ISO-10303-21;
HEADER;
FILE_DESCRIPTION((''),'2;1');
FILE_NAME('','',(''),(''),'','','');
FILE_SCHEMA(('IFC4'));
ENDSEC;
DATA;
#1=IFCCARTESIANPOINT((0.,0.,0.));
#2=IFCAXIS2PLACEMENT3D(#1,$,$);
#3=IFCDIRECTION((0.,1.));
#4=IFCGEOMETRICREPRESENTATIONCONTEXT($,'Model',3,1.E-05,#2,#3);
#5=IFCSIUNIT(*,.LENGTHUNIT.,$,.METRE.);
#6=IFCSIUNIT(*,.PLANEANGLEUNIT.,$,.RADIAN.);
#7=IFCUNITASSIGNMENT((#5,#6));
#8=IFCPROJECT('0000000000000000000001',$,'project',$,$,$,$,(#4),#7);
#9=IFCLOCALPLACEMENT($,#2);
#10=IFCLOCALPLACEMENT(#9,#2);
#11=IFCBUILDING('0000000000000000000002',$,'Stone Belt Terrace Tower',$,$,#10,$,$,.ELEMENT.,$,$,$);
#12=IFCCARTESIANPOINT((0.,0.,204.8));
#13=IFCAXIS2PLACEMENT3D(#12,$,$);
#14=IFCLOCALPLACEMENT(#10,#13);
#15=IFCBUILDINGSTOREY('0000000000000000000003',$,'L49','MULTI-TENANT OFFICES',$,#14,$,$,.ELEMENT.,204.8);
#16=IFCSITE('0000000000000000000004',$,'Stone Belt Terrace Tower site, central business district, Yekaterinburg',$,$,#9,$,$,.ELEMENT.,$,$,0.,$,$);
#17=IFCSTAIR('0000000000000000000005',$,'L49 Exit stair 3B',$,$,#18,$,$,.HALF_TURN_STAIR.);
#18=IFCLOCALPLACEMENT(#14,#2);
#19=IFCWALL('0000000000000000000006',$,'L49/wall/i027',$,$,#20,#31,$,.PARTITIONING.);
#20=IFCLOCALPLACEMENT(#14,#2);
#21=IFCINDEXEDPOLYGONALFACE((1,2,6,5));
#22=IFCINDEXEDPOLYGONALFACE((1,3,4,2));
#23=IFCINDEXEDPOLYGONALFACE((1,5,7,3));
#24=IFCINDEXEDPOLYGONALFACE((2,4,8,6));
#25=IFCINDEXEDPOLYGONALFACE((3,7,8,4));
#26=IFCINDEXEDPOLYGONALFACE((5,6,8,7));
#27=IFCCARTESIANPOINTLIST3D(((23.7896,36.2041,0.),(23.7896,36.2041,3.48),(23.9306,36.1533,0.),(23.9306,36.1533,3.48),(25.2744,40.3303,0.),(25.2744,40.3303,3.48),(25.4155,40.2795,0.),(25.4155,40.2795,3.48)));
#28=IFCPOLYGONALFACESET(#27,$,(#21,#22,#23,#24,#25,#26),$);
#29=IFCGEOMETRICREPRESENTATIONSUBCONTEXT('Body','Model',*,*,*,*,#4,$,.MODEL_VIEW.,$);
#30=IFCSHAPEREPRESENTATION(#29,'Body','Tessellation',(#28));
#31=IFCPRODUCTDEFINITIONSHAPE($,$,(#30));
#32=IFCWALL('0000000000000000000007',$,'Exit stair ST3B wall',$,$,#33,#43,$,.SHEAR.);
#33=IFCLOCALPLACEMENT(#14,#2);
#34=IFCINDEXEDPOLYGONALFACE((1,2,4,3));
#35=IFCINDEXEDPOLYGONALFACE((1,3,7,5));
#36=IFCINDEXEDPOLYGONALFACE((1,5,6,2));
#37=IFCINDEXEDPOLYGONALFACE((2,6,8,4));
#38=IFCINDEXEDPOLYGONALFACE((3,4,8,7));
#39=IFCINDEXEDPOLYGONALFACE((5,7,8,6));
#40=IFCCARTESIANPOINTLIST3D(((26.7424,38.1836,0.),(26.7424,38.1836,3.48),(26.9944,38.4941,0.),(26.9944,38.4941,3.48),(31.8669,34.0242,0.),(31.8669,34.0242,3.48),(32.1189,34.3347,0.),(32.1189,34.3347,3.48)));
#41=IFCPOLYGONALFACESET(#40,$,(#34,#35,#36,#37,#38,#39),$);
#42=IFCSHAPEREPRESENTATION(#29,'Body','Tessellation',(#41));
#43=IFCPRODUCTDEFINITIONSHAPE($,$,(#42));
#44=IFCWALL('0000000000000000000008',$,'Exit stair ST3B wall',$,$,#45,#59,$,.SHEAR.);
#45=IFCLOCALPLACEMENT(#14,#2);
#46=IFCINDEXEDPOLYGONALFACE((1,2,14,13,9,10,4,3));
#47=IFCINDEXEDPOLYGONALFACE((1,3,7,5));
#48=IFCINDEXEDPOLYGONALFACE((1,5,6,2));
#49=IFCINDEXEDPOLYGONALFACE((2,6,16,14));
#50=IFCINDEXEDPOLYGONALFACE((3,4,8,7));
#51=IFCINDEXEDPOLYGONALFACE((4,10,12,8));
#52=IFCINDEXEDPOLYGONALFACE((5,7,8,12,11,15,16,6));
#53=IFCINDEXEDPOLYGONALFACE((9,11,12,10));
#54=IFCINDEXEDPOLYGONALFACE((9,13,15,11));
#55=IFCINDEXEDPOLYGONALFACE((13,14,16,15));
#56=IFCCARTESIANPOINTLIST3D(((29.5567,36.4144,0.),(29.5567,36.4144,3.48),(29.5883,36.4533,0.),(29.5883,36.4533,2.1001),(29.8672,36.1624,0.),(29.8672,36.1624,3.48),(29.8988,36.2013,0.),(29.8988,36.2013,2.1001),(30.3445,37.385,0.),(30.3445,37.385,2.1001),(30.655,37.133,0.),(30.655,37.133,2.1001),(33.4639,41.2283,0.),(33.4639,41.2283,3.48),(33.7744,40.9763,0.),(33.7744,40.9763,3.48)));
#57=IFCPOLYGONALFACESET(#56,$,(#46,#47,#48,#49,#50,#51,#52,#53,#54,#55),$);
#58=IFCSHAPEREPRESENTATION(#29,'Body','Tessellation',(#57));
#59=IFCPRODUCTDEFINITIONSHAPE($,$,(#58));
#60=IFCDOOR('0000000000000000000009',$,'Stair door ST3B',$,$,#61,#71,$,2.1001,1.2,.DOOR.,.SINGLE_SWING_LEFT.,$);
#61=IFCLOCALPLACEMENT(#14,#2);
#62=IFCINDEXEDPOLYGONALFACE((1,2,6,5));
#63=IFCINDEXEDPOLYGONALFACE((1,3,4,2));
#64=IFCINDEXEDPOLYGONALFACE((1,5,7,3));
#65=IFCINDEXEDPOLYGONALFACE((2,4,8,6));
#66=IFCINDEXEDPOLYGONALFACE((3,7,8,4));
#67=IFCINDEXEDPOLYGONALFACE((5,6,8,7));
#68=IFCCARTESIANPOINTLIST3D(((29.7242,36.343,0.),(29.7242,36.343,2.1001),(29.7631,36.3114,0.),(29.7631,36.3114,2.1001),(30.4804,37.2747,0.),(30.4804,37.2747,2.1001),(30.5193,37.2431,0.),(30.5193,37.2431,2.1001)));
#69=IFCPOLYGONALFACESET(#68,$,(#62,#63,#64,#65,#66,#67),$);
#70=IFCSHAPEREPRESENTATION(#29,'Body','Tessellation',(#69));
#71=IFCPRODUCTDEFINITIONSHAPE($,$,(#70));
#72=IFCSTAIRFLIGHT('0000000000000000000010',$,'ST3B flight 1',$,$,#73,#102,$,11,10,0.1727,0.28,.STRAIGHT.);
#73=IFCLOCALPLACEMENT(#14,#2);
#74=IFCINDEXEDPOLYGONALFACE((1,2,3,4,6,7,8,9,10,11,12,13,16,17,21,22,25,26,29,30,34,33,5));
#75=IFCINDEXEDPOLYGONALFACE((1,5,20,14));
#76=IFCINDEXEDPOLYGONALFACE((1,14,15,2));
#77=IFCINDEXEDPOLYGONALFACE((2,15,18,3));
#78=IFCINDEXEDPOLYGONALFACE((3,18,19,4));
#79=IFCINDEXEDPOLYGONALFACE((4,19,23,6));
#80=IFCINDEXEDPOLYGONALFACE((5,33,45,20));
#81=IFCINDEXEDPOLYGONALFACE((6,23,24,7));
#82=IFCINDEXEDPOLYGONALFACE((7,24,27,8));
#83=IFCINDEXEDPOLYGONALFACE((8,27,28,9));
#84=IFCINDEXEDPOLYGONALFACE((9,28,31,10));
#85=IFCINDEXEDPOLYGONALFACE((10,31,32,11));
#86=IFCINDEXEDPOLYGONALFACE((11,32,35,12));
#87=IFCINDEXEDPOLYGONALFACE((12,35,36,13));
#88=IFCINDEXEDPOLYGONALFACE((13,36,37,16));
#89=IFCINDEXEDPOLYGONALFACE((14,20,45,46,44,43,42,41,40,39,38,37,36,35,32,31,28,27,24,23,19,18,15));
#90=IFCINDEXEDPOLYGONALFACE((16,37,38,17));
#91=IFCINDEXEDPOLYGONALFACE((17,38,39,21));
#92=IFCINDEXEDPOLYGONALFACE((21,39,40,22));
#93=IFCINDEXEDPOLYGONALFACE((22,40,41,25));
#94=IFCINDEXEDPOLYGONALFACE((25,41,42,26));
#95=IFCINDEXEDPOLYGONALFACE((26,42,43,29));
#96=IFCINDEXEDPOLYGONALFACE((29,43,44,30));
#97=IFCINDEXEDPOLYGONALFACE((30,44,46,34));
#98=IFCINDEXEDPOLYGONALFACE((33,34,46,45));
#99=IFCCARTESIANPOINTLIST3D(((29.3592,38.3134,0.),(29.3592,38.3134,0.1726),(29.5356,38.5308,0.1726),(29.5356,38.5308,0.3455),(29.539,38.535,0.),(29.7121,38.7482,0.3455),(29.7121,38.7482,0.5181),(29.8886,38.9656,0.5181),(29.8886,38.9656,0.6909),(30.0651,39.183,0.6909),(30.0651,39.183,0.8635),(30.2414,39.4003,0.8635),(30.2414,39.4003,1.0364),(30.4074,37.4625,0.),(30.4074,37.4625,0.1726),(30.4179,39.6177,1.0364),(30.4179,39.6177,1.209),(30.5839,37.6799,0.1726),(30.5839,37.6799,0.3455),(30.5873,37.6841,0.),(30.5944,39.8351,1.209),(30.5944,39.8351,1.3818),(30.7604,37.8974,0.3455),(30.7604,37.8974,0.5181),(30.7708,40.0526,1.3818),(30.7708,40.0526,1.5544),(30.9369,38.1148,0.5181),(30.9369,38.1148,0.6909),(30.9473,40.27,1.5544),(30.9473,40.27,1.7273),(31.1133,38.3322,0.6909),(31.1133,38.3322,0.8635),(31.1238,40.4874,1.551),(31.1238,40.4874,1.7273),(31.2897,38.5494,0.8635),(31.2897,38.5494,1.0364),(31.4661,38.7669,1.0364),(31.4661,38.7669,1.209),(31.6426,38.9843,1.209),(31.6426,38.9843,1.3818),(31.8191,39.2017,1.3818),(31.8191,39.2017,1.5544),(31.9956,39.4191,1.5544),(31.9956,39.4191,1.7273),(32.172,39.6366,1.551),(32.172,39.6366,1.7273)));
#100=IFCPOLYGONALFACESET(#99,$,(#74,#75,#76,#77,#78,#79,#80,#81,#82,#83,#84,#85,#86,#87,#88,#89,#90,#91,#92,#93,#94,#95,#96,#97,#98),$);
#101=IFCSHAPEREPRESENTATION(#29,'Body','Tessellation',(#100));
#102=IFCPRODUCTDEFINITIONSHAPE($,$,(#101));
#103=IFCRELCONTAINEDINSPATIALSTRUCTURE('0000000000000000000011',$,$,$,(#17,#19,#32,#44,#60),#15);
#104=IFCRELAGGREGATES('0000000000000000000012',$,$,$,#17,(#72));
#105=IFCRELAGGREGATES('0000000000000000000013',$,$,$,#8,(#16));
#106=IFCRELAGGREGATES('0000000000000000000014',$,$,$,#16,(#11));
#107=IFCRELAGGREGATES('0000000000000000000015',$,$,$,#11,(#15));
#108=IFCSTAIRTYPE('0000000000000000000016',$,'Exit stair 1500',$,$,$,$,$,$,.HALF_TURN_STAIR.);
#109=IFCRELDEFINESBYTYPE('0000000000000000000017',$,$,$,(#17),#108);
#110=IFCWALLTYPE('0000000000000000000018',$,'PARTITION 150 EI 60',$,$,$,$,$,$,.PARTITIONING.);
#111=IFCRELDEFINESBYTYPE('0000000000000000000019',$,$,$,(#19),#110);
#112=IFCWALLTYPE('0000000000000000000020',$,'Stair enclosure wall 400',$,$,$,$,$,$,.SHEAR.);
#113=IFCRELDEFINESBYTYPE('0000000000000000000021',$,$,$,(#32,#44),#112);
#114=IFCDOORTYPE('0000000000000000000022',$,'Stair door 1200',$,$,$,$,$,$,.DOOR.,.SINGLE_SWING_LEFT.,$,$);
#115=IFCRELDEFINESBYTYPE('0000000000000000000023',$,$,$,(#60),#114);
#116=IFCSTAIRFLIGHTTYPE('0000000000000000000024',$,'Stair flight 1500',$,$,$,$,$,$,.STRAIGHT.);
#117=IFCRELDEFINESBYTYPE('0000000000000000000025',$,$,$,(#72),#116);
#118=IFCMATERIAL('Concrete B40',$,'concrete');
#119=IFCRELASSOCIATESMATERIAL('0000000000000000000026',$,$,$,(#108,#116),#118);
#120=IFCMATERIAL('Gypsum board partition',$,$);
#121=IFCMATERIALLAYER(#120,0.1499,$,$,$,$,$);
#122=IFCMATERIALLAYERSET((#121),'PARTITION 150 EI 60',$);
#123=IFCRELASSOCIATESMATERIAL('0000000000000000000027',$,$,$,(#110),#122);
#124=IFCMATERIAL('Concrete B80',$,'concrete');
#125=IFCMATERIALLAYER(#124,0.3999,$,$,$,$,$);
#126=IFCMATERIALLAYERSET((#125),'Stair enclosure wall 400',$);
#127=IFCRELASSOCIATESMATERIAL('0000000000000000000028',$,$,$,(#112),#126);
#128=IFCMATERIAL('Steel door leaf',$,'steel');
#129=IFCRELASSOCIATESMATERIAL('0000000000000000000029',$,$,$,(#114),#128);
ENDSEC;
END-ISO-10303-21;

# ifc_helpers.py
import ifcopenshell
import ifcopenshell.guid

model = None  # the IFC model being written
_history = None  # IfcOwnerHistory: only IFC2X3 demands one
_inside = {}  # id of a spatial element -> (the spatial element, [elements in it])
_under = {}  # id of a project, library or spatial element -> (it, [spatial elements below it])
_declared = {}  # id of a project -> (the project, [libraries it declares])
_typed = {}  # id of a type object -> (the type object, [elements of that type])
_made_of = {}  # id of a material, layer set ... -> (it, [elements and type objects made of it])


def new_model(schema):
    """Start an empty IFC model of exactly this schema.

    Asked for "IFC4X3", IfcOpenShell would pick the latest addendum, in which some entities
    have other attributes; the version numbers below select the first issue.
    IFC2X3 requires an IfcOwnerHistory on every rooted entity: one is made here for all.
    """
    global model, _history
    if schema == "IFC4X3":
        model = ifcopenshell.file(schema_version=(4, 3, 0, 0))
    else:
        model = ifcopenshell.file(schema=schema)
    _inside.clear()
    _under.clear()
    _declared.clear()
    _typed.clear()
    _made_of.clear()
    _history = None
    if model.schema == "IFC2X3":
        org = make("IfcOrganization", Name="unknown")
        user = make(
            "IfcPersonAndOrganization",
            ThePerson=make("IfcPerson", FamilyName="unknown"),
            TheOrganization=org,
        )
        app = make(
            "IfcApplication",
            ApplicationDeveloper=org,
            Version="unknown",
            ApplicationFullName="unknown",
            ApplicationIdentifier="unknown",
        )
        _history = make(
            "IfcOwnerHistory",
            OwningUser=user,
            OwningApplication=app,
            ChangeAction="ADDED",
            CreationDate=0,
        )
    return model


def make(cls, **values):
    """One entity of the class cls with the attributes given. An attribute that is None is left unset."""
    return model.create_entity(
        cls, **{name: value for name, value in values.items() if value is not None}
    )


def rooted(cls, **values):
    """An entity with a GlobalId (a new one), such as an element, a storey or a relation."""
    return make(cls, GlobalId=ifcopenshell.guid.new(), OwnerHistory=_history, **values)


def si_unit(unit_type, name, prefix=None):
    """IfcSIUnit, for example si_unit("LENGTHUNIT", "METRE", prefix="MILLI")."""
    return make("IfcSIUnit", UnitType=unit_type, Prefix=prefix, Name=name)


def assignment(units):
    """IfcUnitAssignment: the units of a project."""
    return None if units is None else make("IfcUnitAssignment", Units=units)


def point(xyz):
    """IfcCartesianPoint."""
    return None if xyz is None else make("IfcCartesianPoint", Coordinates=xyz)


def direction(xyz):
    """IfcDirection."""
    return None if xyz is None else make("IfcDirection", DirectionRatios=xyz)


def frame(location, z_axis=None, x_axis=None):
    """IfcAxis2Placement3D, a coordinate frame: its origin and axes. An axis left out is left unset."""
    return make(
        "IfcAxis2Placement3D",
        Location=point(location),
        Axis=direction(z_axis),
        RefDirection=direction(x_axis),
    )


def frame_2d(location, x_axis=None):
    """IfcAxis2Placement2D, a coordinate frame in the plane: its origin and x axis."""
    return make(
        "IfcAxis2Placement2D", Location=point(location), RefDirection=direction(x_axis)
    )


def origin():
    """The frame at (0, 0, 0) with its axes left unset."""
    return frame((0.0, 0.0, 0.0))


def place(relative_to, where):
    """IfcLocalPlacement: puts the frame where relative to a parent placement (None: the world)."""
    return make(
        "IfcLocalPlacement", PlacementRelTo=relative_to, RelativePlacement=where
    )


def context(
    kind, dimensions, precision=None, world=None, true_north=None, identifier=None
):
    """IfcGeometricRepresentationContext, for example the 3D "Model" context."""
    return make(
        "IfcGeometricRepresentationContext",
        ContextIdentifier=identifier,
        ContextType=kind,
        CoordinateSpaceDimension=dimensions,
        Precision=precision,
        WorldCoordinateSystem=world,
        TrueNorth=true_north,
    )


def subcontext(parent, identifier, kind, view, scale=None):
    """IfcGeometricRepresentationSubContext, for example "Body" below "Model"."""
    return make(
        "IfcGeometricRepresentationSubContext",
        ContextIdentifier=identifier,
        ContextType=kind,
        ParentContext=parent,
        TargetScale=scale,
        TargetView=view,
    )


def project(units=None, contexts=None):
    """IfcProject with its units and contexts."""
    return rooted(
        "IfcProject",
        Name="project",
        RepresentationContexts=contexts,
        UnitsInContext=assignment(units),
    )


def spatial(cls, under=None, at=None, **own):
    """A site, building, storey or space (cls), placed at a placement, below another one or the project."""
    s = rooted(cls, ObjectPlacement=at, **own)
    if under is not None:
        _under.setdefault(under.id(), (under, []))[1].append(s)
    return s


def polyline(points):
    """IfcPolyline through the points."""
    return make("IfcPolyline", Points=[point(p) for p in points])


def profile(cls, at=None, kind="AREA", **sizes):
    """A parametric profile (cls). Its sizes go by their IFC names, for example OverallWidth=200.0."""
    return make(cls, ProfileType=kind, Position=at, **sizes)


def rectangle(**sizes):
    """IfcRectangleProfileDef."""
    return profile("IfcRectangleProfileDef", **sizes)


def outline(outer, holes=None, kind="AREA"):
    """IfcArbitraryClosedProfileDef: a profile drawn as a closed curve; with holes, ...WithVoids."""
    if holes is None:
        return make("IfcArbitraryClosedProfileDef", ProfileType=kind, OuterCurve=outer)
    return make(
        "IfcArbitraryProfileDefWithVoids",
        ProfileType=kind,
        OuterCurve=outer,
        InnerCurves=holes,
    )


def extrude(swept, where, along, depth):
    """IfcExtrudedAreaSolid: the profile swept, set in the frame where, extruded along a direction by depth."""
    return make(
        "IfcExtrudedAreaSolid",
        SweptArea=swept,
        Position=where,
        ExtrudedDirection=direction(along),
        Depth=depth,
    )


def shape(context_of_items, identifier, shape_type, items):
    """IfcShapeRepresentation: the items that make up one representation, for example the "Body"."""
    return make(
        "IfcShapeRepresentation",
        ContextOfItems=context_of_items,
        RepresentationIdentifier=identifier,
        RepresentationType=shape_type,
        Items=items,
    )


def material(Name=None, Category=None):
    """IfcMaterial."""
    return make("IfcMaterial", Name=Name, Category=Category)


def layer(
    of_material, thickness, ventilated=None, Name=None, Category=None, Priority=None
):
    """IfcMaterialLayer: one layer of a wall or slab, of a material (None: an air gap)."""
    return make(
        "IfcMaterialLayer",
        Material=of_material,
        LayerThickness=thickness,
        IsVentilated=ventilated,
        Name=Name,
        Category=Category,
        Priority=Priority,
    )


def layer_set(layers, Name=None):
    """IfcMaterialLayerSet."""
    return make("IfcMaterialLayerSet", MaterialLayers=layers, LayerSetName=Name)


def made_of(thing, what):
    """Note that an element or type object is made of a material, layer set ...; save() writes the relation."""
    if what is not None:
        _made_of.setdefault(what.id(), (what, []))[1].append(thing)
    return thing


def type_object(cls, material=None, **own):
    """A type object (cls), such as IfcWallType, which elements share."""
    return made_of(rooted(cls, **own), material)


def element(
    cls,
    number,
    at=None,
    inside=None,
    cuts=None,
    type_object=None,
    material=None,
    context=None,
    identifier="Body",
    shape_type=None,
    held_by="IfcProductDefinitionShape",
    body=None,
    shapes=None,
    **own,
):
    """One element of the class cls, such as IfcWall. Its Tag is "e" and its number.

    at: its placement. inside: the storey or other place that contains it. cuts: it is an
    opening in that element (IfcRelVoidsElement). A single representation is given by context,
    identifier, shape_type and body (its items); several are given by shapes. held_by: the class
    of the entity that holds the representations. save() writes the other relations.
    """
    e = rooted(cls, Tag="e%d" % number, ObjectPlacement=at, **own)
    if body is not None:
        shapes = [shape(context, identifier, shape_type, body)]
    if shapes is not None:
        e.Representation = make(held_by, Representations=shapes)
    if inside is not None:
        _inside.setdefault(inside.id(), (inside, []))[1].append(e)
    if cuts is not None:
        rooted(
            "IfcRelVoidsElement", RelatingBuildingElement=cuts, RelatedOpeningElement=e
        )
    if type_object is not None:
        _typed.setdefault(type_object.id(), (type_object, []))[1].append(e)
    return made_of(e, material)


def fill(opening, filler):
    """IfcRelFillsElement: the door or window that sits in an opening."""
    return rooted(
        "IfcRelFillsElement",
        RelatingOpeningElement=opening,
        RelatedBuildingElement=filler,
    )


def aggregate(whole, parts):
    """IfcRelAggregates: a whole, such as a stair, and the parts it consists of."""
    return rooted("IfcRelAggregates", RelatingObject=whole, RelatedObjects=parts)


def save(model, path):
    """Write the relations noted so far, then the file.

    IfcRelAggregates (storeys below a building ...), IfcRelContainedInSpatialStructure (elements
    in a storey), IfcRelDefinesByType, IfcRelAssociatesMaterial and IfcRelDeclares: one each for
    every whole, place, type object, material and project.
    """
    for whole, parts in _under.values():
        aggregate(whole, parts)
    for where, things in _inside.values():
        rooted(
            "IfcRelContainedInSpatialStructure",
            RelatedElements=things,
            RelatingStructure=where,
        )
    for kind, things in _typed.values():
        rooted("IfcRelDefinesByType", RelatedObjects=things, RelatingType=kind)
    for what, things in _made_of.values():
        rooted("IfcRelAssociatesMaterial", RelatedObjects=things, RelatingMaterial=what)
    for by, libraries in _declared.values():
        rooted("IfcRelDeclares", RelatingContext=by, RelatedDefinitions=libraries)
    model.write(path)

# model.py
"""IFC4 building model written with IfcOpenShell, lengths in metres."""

from ifc_helpers import new_model, si_unit, direction, frame, frame_2d, origin, place, context, subcontext, project, spatial, polyline, rectangle, outline, extrude, material, layer, layer_set, type_object, element, fill, aggregate, save


model = new_model("IFC4")

# Units and contexts
model_context = context("Model", 3, precision=1e-05, world=origin(), true_north=direction((0.0, 1.0)))
body_context = subcontext(model_context, "Body", "Model", "MODEL_VIEW")
ifc_project = project(units=[si_unit("LENGTHUNIT", "METRE"), si_unit("PLANEANGLEUNIT", "RADIAN")], contexts=[model_context])

# Site, building, storey
site_placement = place(None, origin())
site = spatial("IfcSite", under=ifc_project, at=site_placement, Name="Stone Belt Terrace Tower site, central business district, Yekaterinburg", CompositionType="ELEMENT", RefElevation=0.0)
building_placement = place(site_placement, origin())
building = spatial("IfcBuilding", under=site, at=building_placement, Name="Stone Belt Terrace Tower", CompositionType="ELEMENT")
storey_placement = place(building_placement, frame((0.0, 0.0, 204.8)))
storey = spatial("IfcBuildingStorey", under=building, at=storey_placement, Name="L49", Description="MULTI-TENANT OFFICES", CompositionType="ELEMENT", Elevation=204.8)

# Shared definitions
ifc_material_1 = material(Name="Concrete B40", Category="concrete")

# Stair
stair_type = type_object("IfcStairType", Name="Exit stair 1500", PredefinedType="HALF_TURN_STAIR", material=ifc_material_1)
stair_1_placement = place(storey_placement, origin())
stair_1 = element("IfcStair", 1, at=stair_1_placement, inside=storey, type_object=stair_type, Name="L49 Exit stair 3B", PredefinedType="HALF_TURN_STAIR")

# Walls
ifc_material_2 = material(Name="Gypsum board partition")
ifc_layer_1 = layer(ifc_material_2, 0.1499)
ifc_layer_set_1 = layer_set([ifc_layer_1], Name="PARTITION 150 EI 60")
wall_type_1 = type_object("IfcWallType", Name="PARTITION 150 EI 60", PredefinedType="PARTITIONING", material=ifc_layer_set_1)
wall_1_placement = place(storey_placement, frame((23.8601, 36.1787, 0.0), z_axis=(0.0, 0.0, 1.0), x_axis=(0.338603, 0.940929, 0.0)))
element("IfcWall", 2, at=wall_1_placement, inside=storey, type_object=wall_type_1, Name="L49/wall/i027", PredefinedType="PARTITIONING", context=body_context, shape_type="SweptSolid", body=[
    extrude(rectangle(XDim=4.3853, YDim=0.1499, at=frame_2d((2.1926, 0.0))), origin(), (0.0, 0.0, 1.0), 3.48),
])
ifc_material_3 = material(Name="Concrete B80", Category="concrete")
ifc_layer_2 = layer(ifc_material_3, 0.3999)
ifc_layer_set_2 = layer_set([ifc_layer_2], Name="Stair enclosure wall 400")
wall_type_2 = type_object("IfcWallType", Name="Stair enclosure wall 400", PredefinedType="SHEAR", material=ifc_layer_set_2)
wall_2_placement = place(storey_placement, frame((26.8684, 38.3389, 0.0), z_axis=(0.0, 0.0, 1.0), x_axis=(0.776428, -0.630205, 0.0)))
element("IfcWall", 3, at=wall_2_placement, inside=storey, type_object=wall_type_2, Name="Exit stair ST3B wall", PredefinedType="SHEAR", context=body_context, shape_type="SweptSolid", body=[
    extrude(rectangle(XDim=6.6001, YDim=0.3999, at=frame_2d((3.3, 0.0))), origin(), (0.0, 0.0, 1.0), 3.48),
])

# Wall, opening, door
wall_3_placement = place(storey_placement, frame((29.7119, 36.2883, 0.0), z_axis=(0.0, 0.0, 1.0), x_axis=(0.630192, 0.776439, 0.0)))
wall_3 = element("IfcWall", 4, at=wall_3_placement, inside=storey, type_object=wall_type_2, Name="Exit stair ST3B wall", PredefinedType="SHEAR", context=body_context, shape_type="SweptSolid", body=[
    extrude(rectangle(XDim=6.2, YDim=0.3999, at=frame_2d((3.1001, 0.0))), origin(), (0.0, 0.0, 1.0), 3.48),
])
opening_placement = place(wall_3_placement, frame((0.05, 0.0, 0.0)))
opening = element("IfcOpeningElement", 5, at=opening_placement, cuts=wall_3, PredefinedType="OPENING", context=body_context, shape_type="SweptSolid", body=[
    extrude(rectangle(XDim=1.2, YDim=2.1001, at=frame_2d((0.6001, 1.05))), frame((0.0, 0.21, 0.0), z_axis=(0.0, -1.0, 0.0), x_axis=(1.0, 0.0, 0.0)), (0.0, 0.0, 1.0), 0.4199),
])
ifc_material_4 = material(Name="Steel door leaf", Category="steel")
door_type = type_object("IfcDoorType", Name="Stair door 1200", OperationType="SINGLE_SWING_LEFT", PredefinedType="DOOR", material=ifc_material_4)
door_placement = place(opening_placement, origin())
door = element("IfcDoor", 6, at=door_placement, inside=storey, type_object=door_type, Name="Stair door ST3B", OperationType="SINGLE_SWING_LEFT", OverallHeight=2.1001, OverallWidth=1.2, PredefinedType="DOOR", context=body_context, shape_type="SweptSolid", body=[
    extrude(rectangle(XDim=1.2, YDim=2.1001, at=frame_2d((0.6001, 1.05))), frame((0.0, 0.0249, 0.0), z_axis=(0.0, -1.0, 0.0), x_axis=(1.0, 0.0, 0.0)), (0.0, 0.0, 1.0), 0.05),
])
fill(opening, door)

# Stair flight
stair_flight_type = type_object("IfcStairFlightType", Name="Stair flight 1500", PredefinedType="STRAIGHT", material=ifc_material_1)
stair_flight_placement = place(storey_placement, frame((29.8833, 37.8879, 0.0), z_axis=(0.0, 0.0, 1.0), x_axis=(0.630206, 0.776428, 0.0)))
stair_flight = element("IfcStairFlight", 7, at=stair_flight_placement, type_object=stair_flight_type, Name="ST3B flight 1", NumberOfRisers=11, NumberOfTreads=10, PredefinedType="STRAIGHT", RiserHeight=0.1727, TreadLength=0.28, context=body_context, shape_type="SweptSolid", body=[
    extrude(outline(polyline([(0.0, 0.0), (0.0, 0.1726), (0.28, 0.1726), (0.28, 0.3455), (0.5601, 0.3455), (0.5601, 0.5181), (0.8401, 0.5181), (0.8401, 0.6909), (1.1201, 0.6909), (1.1201, 0.8635), (1.3999, 0.8635), (1.3999, 1.0364), (1.6799, 1.0364), (1.6799, 1.209), (1.96, 1.209), (1.96, 1.3818), (2.24, 1.3818), (2.24, 1.5544), (2.52, 1.5544), (2.52, 1.7273), (2.8, 1.7273), (2.8, 1.8999), (2.8, 1.551), (0.2854, 0.0), (0.0, 0.0)])), frame((0.0, 0.675, 0.0), z_axis=(0.0, -1.0, 0.0), x_axis=(1.0, 0.0, 0.0)), (0.0, 0.0, 1.0), 1.3501),
])
aggregate(stair_1, [stair_flight])

save(model, "model.ifc")
